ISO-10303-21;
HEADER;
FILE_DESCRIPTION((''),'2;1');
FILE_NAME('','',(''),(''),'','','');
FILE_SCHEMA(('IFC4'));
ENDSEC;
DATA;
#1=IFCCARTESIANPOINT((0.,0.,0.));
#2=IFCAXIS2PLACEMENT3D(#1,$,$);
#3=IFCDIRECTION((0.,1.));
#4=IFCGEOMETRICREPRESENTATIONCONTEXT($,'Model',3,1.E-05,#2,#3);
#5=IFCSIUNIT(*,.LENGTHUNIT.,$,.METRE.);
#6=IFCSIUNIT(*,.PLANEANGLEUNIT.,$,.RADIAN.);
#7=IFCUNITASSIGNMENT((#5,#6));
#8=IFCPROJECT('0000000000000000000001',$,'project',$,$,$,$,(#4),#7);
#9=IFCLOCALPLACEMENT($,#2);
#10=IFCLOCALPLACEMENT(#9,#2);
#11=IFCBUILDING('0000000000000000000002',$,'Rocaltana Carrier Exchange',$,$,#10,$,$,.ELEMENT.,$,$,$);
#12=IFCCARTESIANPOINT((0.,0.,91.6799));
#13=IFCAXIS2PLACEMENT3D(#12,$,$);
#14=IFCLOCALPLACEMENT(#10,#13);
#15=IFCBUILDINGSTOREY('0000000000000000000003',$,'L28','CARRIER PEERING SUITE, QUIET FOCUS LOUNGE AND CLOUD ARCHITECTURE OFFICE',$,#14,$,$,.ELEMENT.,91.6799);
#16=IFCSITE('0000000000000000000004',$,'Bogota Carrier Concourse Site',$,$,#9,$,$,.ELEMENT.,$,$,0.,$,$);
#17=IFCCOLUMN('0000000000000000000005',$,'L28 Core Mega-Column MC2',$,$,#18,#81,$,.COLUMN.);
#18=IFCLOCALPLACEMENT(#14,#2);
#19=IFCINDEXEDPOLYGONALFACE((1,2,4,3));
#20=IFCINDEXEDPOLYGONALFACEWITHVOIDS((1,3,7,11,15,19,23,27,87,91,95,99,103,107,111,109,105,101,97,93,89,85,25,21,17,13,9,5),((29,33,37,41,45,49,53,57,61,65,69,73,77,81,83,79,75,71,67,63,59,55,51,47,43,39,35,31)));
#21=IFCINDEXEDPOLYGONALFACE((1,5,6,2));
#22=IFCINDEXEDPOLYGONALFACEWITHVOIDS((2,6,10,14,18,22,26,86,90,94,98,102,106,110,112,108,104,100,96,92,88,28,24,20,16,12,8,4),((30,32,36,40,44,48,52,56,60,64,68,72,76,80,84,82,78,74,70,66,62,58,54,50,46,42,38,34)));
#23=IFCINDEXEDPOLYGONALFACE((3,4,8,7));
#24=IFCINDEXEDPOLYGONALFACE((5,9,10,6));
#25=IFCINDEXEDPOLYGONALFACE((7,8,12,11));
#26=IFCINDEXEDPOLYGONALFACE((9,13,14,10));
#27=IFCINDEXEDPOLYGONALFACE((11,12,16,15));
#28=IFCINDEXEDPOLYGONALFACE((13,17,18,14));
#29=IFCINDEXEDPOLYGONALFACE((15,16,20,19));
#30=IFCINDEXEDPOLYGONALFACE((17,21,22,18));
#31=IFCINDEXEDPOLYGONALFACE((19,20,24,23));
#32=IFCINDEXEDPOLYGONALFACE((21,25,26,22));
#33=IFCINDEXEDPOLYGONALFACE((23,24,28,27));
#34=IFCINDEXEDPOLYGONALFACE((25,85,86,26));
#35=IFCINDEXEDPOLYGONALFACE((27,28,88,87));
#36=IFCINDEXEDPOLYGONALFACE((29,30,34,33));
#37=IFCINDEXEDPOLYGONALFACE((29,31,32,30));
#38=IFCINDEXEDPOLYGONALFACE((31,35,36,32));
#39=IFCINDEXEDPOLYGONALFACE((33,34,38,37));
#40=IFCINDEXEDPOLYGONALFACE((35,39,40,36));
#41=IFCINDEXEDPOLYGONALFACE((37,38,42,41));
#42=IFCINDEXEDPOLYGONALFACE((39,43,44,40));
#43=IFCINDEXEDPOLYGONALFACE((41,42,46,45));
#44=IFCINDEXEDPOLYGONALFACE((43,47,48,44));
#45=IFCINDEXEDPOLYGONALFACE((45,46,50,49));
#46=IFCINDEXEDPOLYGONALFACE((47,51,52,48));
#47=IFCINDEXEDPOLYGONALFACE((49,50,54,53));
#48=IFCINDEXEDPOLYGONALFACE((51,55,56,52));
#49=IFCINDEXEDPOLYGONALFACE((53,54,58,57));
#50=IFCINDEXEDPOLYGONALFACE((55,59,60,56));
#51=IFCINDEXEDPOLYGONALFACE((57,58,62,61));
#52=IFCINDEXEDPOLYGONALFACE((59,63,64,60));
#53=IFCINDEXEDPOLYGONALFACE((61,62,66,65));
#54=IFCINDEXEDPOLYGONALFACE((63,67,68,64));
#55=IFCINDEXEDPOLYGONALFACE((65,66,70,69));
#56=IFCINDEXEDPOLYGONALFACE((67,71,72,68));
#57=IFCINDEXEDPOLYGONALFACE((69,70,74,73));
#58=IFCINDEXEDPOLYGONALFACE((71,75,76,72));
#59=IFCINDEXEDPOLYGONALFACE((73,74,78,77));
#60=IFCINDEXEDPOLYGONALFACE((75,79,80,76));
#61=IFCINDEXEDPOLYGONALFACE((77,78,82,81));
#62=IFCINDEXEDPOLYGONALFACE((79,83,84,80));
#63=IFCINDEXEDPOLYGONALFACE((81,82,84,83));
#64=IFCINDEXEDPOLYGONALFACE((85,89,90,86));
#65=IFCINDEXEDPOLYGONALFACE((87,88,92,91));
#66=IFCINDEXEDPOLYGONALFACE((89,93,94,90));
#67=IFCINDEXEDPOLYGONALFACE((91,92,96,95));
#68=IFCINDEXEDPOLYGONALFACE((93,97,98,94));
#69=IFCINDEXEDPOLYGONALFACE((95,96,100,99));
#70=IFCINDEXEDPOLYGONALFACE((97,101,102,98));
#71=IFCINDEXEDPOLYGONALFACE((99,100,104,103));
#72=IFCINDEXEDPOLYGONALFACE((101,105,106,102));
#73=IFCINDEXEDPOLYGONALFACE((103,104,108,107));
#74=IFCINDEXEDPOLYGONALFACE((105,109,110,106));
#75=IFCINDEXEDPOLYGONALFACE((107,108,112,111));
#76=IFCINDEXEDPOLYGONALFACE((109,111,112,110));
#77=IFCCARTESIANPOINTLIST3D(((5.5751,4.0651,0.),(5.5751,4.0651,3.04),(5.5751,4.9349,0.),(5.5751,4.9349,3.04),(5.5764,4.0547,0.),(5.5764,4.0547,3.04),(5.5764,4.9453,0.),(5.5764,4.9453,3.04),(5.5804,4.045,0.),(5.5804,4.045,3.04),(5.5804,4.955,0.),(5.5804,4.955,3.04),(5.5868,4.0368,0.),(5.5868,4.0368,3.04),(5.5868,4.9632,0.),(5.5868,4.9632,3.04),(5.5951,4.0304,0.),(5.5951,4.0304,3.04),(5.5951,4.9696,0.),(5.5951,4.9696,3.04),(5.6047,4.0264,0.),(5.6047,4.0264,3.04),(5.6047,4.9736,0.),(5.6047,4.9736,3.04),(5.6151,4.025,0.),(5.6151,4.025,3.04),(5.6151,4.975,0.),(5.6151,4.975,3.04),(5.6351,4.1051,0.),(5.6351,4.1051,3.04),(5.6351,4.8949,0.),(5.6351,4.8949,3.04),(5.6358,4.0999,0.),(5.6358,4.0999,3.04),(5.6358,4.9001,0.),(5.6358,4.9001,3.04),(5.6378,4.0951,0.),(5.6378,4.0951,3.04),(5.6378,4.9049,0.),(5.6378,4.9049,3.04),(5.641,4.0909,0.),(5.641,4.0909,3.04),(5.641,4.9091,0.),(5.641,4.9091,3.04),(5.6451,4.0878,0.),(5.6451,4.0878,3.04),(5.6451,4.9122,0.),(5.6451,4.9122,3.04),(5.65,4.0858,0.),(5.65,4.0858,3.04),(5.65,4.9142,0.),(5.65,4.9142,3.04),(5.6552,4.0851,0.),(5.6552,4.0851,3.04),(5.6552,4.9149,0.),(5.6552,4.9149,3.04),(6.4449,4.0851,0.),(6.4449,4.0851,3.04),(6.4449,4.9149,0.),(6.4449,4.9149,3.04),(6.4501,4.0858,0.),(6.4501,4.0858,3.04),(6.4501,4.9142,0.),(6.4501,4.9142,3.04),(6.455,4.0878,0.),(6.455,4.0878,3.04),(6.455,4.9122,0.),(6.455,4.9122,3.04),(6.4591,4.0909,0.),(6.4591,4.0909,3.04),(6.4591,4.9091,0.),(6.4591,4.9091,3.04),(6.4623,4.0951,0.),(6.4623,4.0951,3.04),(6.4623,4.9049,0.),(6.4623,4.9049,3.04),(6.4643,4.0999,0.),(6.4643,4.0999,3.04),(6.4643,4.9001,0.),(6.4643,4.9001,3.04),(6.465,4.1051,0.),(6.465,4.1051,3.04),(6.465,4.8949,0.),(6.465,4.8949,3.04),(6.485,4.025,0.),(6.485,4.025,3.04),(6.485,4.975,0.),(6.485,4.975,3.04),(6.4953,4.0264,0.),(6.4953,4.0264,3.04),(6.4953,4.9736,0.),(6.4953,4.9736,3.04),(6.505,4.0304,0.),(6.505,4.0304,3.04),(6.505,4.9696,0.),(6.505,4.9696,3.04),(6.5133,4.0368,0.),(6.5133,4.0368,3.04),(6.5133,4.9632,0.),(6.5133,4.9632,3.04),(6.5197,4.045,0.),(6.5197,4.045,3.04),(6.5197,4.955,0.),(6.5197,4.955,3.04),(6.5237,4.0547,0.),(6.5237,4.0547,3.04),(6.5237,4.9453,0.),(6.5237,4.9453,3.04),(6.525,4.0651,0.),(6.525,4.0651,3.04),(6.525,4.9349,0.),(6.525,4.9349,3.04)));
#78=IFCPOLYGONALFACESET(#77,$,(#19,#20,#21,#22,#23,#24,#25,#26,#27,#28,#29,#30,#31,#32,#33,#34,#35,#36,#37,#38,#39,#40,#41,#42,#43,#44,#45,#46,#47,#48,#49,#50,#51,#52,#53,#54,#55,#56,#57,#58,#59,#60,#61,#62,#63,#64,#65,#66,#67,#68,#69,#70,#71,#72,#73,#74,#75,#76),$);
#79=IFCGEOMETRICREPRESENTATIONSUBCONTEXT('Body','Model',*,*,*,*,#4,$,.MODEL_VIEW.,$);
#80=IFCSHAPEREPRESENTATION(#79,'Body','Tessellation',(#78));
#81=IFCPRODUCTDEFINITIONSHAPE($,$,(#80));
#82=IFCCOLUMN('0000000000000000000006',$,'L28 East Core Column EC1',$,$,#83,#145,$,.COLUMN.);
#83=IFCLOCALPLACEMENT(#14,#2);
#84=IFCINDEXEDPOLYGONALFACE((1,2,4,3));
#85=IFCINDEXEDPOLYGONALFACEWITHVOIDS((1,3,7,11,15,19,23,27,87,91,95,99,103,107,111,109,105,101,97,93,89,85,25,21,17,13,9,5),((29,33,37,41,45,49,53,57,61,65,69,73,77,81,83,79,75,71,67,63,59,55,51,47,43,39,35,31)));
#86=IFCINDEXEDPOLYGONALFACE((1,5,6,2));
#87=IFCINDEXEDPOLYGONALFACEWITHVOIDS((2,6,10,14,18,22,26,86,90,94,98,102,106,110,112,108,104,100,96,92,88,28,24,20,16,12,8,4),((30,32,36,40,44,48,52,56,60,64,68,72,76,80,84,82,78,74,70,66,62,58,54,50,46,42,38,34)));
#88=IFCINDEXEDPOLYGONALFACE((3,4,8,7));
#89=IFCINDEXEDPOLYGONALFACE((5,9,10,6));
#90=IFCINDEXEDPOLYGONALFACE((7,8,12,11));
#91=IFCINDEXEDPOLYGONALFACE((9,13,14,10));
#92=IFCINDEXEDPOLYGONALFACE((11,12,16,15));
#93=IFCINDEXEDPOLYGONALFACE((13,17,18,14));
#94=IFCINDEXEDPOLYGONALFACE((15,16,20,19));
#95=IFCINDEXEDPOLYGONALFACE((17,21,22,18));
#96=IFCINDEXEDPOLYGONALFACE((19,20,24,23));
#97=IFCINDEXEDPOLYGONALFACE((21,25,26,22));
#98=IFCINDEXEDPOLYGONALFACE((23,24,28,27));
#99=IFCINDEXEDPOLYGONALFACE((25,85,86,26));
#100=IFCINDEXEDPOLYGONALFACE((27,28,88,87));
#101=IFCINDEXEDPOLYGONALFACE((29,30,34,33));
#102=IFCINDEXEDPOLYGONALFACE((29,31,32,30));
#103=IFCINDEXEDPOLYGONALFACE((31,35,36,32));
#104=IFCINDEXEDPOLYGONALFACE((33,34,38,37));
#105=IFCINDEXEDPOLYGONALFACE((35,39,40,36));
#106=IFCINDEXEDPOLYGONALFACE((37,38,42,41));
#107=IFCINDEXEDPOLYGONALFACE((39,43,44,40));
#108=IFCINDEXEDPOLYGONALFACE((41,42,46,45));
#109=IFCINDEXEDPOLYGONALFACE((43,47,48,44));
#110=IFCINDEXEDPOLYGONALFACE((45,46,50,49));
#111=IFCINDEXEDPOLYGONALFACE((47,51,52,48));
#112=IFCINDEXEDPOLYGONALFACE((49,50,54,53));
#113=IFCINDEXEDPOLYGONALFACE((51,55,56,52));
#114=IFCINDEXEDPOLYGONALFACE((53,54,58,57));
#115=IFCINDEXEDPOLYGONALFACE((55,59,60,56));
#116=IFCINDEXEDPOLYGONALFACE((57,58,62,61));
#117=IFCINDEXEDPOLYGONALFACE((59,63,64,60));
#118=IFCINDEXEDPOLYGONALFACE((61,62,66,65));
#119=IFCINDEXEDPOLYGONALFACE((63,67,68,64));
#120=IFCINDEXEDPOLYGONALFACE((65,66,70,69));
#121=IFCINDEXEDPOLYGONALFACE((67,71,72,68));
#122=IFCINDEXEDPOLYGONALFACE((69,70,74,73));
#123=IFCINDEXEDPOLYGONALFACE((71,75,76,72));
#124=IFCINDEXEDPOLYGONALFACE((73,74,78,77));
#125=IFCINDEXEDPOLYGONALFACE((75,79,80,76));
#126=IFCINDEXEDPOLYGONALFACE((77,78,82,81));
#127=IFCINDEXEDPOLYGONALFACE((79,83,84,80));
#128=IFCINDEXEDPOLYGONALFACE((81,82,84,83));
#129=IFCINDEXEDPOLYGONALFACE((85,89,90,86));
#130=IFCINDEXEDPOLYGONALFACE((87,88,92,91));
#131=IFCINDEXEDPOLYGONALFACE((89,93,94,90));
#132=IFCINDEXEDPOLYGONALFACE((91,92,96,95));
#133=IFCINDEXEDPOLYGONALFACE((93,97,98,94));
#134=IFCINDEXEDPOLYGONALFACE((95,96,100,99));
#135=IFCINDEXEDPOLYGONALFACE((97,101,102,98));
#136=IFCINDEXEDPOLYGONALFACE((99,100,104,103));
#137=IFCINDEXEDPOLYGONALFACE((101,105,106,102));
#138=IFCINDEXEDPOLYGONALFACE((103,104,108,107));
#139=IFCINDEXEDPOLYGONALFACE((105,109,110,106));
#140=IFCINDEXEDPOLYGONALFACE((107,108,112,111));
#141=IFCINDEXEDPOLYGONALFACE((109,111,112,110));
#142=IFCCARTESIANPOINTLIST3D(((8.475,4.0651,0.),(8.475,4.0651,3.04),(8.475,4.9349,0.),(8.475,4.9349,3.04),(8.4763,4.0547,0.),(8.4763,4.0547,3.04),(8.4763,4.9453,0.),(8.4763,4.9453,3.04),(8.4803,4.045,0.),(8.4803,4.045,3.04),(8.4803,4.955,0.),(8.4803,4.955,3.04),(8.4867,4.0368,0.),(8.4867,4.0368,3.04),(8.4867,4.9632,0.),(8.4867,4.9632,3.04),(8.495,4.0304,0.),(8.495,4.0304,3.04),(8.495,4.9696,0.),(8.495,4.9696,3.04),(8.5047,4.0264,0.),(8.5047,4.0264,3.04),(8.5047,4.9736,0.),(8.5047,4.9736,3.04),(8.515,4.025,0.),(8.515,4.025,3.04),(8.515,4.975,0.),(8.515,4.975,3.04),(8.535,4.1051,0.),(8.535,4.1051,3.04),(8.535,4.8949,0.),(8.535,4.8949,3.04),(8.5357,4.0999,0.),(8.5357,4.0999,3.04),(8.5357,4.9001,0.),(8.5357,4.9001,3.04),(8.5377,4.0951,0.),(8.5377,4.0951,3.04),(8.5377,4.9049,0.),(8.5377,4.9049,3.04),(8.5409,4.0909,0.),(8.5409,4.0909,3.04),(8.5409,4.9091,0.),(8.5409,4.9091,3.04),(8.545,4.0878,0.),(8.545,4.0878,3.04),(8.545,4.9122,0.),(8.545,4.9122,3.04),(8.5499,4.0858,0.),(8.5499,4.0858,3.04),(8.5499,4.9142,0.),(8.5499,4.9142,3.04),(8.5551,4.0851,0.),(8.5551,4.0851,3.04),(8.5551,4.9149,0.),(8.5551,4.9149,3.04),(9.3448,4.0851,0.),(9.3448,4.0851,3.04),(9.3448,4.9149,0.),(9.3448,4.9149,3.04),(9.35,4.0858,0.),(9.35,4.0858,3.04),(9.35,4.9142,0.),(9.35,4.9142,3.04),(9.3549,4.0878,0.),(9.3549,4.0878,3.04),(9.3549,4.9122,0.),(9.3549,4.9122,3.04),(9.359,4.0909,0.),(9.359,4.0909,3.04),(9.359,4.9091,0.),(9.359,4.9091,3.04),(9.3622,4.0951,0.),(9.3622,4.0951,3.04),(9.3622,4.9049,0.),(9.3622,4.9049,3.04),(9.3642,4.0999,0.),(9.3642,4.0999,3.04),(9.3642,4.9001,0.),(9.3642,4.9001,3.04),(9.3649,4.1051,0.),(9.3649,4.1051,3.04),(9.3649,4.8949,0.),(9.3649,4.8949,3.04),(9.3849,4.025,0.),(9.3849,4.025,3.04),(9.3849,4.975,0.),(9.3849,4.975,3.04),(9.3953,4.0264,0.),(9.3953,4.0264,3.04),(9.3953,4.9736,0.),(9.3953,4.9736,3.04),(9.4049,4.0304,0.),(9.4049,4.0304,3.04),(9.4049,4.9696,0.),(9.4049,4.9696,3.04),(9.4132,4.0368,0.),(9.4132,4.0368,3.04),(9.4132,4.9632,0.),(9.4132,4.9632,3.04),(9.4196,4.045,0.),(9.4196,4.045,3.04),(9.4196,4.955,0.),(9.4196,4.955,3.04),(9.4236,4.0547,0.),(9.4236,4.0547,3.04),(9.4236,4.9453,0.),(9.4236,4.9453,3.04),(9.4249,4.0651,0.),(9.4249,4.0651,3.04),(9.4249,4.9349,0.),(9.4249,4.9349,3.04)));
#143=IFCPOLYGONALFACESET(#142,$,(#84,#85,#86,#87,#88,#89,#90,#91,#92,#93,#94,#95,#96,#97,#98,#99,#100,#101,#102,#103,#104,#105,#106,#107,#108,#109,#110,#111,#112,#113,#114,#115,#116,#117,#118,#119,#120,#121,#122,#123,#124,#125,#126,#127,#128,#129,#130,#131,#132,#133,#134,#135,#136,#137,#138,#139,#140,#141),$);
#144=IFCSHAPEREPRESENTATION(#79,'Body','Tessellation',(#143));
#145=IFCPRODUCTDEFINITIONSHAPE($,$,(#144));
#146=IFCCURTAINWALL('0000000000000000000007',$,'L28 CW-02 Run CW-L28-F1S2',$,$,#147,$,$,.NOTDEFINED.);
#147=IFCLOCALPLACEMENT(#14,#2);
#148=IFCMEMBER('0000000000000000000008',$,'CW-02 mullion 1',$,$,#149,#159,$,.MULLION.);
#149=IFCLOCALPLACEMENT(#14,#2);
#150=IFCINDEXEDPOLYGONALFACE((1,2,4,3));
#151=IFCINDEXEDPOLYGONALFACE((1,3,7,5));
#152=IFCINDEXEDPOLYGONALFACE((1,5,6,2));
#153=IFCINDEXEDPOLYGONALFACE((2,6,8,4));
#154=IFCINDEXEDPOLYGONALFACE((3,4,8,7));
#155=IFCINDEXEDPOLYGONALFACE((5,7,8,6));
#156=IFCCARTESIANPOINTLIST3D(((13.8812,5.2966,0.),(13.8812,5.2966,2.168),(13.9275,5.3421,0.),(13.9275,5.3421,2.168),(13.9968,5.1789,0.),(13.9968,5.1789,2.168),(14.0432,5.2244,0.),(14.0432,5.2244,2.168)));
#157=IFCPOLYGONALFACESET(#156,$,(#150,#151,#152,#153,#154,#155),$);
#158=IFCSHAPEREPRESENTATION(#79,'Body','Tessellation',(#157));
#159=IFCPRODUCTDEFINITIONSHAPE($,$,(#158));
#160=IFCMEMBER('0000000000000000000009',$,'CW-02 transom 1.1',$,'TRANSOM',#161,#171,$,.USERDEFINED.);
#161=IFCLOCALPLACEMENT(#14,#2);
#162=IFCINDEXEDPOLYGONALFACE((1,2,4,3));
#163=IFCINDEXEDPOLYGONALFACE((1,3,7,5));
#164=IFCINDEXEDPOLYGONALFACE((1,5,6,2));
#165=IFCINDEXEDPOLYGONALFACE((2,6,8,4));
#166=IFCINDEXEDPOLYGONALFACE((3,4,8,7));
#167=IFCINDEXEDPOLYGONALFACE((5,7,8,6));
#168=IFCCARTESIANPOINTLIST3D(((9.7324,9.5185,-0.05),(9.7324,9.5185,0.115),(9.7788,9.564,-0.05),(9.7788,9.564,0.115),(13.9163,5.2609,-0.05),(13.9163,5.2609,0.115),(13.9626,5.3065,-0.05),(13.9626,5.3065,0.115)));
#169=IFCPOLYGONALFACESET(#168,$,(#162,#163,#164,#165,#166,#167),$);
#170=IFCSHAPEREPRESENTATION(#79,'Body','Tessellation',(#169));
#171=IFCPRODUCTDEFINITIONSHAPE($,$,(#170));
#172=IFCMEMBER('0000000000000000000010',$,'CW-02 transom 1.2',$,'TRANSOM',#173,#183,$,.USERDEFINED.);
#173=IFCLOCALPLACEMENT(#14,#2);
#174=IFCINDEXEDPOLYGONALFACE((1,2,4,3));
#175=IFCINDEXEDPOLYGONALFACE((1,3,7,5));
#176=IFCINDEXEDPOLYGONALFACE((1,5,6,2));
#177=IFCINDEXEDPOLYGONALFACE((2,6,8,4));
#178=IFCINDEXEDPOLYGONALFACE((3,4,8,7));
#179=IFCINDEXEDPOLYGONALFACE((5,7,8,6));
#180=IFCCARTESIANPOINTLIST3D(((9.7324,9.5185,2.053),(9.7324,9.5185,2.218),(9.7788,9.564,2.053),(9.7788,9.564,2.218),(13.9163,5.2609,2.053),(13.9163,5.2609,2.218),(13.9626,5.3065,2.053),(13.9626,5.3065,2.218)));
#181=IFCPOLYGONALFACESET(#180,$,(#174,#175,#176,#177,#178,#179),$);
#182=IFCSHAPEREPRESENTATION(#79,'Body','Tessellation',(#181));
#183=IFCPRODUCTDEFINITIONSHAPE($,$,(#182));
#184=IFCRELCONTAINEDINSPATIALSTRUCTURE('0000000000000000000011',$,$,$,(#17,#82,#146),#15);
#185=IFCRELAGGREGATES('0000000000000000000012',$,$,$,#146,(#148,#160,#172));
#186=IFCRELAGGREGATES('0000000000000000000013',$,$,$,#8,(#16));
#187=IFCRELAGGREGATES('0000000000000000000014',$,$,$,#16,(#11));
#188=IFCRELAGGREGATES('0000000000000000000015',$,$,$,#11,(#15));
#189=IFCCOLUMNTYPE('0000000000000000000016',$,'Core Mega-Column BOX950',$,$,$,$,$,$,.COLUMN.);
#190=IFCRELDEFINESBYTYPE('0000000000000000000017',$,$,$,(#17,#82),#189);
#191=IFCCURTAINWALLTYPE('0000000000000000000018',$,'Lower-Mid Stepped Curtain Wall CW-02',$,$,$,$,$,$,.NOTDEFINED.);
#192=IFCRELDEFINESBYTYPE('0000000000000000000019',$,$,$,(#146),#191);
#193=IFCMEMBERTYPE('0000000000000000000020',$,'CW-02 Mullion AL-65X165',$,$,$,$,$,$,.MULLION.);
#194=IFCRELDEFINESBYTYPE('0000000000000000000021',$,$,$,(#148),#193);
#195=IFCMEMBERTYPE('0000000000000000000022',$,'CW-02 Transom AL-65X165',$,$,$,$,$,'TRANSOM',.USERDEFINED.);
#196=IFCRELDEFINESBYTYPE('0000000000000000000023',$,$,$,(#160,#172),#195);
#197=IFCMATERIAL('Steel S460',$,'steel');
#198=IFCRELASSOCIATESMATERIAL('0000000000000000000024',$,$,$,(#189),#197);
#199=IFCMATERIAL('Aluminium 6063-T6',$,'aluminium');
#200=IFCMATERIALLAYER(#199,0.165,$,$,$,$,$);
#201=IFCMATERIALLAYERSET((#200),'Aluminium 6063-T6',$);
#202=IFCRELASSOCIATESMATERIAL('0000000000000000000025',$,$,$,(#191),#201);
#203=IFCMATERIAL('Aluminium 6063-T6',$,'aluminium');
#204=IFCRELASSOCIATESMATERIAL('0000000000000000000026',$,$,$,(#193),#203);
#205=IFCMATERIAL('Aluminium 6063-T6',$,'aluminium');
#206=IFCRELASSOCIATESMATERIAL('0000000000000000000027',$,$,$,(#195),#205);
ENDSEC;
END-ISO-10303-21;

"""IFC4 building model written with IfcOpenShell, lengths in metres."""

from ifc_helpers import new_model, si_unit, direction, frame, origin, origin_2d, place, context, subcontext, project, spatial, rectangle, hollow_rectangle, extrude, material, layer, layer_set, material_profile, profile_set, type_object, element, aggregate, save


model = new_model("IFC4")

# Units and contexts
model_context = context("Model", 3, precision=1e-05, world=origin(), true_north=direction((0.0, 1.0)))
body_context = subcontext(model_context, "Body", "Model", "MODEL_VIEW")
ifc_project = project(units=[si_unit("LENGTHUNIT", "METRE"), si_unit("PLANEANGLEUNIT", "RADIAN")], contexts=[model_context])

# Site, building, storey
site_placement = place(None, origin())
site = spatial("IfcSite", under=ifc_project, at=site_placement, Name="Bogota Carrier Concourse Site", CompositionType="ELEMENT", RefElevation=0.0)
building_placement = place(site_placement, origin())
building = spatial("IfcBuilding", under=site, at=building_placement, Name="Rocaltana Carrier Exchange", CompositionType="ELEMENT")
storey_placement = place(building_placement, frame((0.0, 0.0, 91.6799)))
storey = spatial("IfcBuildingStorey", under=building, at=storey_placement, Name="L28", Description="CARRIER PEERING SUITE, QUIET FOCUS LOUNGE AND CLOUD ARCHITECTURE OFFICE", CompositionType="ELEMENT", Elevation=91.6799)

# Columns
ifc_material_1 = material(Name="Steel S460", Category="steel")
ifc_material_profile_1 = material_profile(ifc_material_1, hollow_rectangle(XDim=0.95, YDim=0.95, WallThickness=0.0601, InnerFilletRadius=0.02, OuterFilletRadius=0.04, at=origin_2d()), Name="BOX950X950X60")
ifc_profile_set_1 = profile_set([ifc_material_profile_1], Name="Steel S460")
column_type = type_object("IfcColumnType", Name="Core Mega-Column BOX950", PredefinedType="COLUMN", material=ifc_profile_set_1)
for number, where, z_axis, x_axis, name in (
    (1, (6.05, 4.5, 0.0), (0.0, 0.0, 1.0), (1.0, 0.0, 0.0), "L28 Core Mega-Column MC2"),
    (2, (8.95, 4.5, 0.0), (0.0, 0.0, 1.0), (1.0, 0.0, 0.0), "L28 East Core Column EC1"),
):
    element("IfcColumn", number, at=place(storey_placement, frame(where, z_axis=z_axis, x_axis=x_axis)), inside=storey, type_object=column_type, Name=name, PredefinedType="COLUMN", context=body_context, shape_type="SweptSolid", body=[
        extrude(hollow_rectangle(XDim=0.95, YDim=0.95, WallThickness=0.0601, InnerFilletRadius=0.02, OuterFilletRadius=0.04, at=origin_2d()), origin(), (0.0, 0.0, 1.0), 3.04),
    ])

# Curtain wall, members
ifc_material_2 = material(Name="Aluminium 6063-T6", Category="aluminium")
ifc_layer_1 = layer(ifc_material_2, 0.165)
ifc_layer_set_1 = layer_set([ifc_layer_1], Name="Aluminium 6063-T6")
curtain_wall_type = type_object("IfcCurtainWallType", Name="Lower-Mid Stepped Curtain Wall CW-02", PredefinedType="NOTDEFINED", material=ifc_layer_set_1)
curtain_wall_placement = place(storey_placement, origin())
curtain_wall = element("IfcCurtainWall", 3, at=curtain_wall_placement, inside=storey, type_object=curtain_wall_type, Name="L28 CW-02 Run CW-L28-F1S2", PredefinedType="NOTDEFINED")
ifc_material_3 = material(Name="Aluminium 6063-T6", Category="aluminium")
ifc_material_profile_2 = material_profile(ifc_material_3, rectangle(XDim=0.0649, YDim=0.165, at=origin_2d()), Name="AL-65X165")
ifc_profile_set_2 = profile_set([ifc_material_profile_2], Name="Aluminium 6063-T6")
member_type_1 = type_object("IfcMemberType", Name="CW-02 Mullion AL-65X165", PredefinedType="MULLION", material=ifc_profile_set_2)
member_1_placement = place(storey_placement, frame((13.9622, 5.2605, 0.0), z_axis=(0.0, 0.0, 1.0), x_axis=(-0.713245, -0.700915, 0.0)))
member_1 = element("IfcMember", 4, at=member_1_placement, type_object=member_type_1, Name="CW-02 mullion 1", PredefinedType="MULLION", context=body_context, shape_type="SweptSolid", body=[
    extrude(rectangle(XDim=0.0649, YDim=0.165, at=origin_2d()), origin(), (0.0, 0.0, 1.0), 2.168),
])
ifc_material_4 = material(Name="Aluminium 6063-T6", Category="aluminium")
ifc_material_profile_3 = material_profile(ifc_material_4, rectangle(XDim=0.0649, YDim=0.165, at=origin_2d()), Name="AL-65X165")
ifc_profile_set_3 = profile_set([ifc_material_profile_3], Name="Aluminium 6063-T6")
member_type_2 = type_object("IfcMemberType", Name="CW-02 Transom AL-65X165", ElementType="TRANSOM", PredefinedType="USERDEFINED", material=ifc_profile_set_3)
member_2_placement = place(storey_placement, frame((13.9395, 5.2837, 0.0325), z_axis=(-0.700904, 0.713256, 0.0), x_axis=(-0.713256, -0.700904, 0.0)))
member_2 = element("IfcMember", 5, at=member_2_placement, type_object=member_type_2, Name="CW-02 transom 1.1", ObjectType="TRANSOM", PredefinedType="USERDEFINED", context=body_context, shape_type="SweptSolid", body=[
    extrude(rectangle(XDim=0.0649, YDim=0.165, at=origin_2d()), origin(), (0.0, 0.0, 1.0), 5.9692),
])
member_3_placement = place(storey_placement, frame((13.9395, 5.2837, 2.1355), z_axis=(-0.700904, 0.713256, 0.0), x_axis=(-0.713256, -0.700904, 0.0)))
member_3 = element("IfcMember", 6, at=member_3_placement, type_object=member_type_2, Name="CW-02 transom 1.2", ObjectType="TRANSOM", PredefinedType="USERDEFINED", context=body_context, shape_type="SweptSolid", body=[
    extrude(rectangle(XDim=0.0649, YDim=0.165, at=origin_2d()), origin(), (0.0, 0.0, 1.0), 5.9692),
])

aggregate(curtain_wall, [member_1, member_2, member_3])

save(model, "model.ifc")
